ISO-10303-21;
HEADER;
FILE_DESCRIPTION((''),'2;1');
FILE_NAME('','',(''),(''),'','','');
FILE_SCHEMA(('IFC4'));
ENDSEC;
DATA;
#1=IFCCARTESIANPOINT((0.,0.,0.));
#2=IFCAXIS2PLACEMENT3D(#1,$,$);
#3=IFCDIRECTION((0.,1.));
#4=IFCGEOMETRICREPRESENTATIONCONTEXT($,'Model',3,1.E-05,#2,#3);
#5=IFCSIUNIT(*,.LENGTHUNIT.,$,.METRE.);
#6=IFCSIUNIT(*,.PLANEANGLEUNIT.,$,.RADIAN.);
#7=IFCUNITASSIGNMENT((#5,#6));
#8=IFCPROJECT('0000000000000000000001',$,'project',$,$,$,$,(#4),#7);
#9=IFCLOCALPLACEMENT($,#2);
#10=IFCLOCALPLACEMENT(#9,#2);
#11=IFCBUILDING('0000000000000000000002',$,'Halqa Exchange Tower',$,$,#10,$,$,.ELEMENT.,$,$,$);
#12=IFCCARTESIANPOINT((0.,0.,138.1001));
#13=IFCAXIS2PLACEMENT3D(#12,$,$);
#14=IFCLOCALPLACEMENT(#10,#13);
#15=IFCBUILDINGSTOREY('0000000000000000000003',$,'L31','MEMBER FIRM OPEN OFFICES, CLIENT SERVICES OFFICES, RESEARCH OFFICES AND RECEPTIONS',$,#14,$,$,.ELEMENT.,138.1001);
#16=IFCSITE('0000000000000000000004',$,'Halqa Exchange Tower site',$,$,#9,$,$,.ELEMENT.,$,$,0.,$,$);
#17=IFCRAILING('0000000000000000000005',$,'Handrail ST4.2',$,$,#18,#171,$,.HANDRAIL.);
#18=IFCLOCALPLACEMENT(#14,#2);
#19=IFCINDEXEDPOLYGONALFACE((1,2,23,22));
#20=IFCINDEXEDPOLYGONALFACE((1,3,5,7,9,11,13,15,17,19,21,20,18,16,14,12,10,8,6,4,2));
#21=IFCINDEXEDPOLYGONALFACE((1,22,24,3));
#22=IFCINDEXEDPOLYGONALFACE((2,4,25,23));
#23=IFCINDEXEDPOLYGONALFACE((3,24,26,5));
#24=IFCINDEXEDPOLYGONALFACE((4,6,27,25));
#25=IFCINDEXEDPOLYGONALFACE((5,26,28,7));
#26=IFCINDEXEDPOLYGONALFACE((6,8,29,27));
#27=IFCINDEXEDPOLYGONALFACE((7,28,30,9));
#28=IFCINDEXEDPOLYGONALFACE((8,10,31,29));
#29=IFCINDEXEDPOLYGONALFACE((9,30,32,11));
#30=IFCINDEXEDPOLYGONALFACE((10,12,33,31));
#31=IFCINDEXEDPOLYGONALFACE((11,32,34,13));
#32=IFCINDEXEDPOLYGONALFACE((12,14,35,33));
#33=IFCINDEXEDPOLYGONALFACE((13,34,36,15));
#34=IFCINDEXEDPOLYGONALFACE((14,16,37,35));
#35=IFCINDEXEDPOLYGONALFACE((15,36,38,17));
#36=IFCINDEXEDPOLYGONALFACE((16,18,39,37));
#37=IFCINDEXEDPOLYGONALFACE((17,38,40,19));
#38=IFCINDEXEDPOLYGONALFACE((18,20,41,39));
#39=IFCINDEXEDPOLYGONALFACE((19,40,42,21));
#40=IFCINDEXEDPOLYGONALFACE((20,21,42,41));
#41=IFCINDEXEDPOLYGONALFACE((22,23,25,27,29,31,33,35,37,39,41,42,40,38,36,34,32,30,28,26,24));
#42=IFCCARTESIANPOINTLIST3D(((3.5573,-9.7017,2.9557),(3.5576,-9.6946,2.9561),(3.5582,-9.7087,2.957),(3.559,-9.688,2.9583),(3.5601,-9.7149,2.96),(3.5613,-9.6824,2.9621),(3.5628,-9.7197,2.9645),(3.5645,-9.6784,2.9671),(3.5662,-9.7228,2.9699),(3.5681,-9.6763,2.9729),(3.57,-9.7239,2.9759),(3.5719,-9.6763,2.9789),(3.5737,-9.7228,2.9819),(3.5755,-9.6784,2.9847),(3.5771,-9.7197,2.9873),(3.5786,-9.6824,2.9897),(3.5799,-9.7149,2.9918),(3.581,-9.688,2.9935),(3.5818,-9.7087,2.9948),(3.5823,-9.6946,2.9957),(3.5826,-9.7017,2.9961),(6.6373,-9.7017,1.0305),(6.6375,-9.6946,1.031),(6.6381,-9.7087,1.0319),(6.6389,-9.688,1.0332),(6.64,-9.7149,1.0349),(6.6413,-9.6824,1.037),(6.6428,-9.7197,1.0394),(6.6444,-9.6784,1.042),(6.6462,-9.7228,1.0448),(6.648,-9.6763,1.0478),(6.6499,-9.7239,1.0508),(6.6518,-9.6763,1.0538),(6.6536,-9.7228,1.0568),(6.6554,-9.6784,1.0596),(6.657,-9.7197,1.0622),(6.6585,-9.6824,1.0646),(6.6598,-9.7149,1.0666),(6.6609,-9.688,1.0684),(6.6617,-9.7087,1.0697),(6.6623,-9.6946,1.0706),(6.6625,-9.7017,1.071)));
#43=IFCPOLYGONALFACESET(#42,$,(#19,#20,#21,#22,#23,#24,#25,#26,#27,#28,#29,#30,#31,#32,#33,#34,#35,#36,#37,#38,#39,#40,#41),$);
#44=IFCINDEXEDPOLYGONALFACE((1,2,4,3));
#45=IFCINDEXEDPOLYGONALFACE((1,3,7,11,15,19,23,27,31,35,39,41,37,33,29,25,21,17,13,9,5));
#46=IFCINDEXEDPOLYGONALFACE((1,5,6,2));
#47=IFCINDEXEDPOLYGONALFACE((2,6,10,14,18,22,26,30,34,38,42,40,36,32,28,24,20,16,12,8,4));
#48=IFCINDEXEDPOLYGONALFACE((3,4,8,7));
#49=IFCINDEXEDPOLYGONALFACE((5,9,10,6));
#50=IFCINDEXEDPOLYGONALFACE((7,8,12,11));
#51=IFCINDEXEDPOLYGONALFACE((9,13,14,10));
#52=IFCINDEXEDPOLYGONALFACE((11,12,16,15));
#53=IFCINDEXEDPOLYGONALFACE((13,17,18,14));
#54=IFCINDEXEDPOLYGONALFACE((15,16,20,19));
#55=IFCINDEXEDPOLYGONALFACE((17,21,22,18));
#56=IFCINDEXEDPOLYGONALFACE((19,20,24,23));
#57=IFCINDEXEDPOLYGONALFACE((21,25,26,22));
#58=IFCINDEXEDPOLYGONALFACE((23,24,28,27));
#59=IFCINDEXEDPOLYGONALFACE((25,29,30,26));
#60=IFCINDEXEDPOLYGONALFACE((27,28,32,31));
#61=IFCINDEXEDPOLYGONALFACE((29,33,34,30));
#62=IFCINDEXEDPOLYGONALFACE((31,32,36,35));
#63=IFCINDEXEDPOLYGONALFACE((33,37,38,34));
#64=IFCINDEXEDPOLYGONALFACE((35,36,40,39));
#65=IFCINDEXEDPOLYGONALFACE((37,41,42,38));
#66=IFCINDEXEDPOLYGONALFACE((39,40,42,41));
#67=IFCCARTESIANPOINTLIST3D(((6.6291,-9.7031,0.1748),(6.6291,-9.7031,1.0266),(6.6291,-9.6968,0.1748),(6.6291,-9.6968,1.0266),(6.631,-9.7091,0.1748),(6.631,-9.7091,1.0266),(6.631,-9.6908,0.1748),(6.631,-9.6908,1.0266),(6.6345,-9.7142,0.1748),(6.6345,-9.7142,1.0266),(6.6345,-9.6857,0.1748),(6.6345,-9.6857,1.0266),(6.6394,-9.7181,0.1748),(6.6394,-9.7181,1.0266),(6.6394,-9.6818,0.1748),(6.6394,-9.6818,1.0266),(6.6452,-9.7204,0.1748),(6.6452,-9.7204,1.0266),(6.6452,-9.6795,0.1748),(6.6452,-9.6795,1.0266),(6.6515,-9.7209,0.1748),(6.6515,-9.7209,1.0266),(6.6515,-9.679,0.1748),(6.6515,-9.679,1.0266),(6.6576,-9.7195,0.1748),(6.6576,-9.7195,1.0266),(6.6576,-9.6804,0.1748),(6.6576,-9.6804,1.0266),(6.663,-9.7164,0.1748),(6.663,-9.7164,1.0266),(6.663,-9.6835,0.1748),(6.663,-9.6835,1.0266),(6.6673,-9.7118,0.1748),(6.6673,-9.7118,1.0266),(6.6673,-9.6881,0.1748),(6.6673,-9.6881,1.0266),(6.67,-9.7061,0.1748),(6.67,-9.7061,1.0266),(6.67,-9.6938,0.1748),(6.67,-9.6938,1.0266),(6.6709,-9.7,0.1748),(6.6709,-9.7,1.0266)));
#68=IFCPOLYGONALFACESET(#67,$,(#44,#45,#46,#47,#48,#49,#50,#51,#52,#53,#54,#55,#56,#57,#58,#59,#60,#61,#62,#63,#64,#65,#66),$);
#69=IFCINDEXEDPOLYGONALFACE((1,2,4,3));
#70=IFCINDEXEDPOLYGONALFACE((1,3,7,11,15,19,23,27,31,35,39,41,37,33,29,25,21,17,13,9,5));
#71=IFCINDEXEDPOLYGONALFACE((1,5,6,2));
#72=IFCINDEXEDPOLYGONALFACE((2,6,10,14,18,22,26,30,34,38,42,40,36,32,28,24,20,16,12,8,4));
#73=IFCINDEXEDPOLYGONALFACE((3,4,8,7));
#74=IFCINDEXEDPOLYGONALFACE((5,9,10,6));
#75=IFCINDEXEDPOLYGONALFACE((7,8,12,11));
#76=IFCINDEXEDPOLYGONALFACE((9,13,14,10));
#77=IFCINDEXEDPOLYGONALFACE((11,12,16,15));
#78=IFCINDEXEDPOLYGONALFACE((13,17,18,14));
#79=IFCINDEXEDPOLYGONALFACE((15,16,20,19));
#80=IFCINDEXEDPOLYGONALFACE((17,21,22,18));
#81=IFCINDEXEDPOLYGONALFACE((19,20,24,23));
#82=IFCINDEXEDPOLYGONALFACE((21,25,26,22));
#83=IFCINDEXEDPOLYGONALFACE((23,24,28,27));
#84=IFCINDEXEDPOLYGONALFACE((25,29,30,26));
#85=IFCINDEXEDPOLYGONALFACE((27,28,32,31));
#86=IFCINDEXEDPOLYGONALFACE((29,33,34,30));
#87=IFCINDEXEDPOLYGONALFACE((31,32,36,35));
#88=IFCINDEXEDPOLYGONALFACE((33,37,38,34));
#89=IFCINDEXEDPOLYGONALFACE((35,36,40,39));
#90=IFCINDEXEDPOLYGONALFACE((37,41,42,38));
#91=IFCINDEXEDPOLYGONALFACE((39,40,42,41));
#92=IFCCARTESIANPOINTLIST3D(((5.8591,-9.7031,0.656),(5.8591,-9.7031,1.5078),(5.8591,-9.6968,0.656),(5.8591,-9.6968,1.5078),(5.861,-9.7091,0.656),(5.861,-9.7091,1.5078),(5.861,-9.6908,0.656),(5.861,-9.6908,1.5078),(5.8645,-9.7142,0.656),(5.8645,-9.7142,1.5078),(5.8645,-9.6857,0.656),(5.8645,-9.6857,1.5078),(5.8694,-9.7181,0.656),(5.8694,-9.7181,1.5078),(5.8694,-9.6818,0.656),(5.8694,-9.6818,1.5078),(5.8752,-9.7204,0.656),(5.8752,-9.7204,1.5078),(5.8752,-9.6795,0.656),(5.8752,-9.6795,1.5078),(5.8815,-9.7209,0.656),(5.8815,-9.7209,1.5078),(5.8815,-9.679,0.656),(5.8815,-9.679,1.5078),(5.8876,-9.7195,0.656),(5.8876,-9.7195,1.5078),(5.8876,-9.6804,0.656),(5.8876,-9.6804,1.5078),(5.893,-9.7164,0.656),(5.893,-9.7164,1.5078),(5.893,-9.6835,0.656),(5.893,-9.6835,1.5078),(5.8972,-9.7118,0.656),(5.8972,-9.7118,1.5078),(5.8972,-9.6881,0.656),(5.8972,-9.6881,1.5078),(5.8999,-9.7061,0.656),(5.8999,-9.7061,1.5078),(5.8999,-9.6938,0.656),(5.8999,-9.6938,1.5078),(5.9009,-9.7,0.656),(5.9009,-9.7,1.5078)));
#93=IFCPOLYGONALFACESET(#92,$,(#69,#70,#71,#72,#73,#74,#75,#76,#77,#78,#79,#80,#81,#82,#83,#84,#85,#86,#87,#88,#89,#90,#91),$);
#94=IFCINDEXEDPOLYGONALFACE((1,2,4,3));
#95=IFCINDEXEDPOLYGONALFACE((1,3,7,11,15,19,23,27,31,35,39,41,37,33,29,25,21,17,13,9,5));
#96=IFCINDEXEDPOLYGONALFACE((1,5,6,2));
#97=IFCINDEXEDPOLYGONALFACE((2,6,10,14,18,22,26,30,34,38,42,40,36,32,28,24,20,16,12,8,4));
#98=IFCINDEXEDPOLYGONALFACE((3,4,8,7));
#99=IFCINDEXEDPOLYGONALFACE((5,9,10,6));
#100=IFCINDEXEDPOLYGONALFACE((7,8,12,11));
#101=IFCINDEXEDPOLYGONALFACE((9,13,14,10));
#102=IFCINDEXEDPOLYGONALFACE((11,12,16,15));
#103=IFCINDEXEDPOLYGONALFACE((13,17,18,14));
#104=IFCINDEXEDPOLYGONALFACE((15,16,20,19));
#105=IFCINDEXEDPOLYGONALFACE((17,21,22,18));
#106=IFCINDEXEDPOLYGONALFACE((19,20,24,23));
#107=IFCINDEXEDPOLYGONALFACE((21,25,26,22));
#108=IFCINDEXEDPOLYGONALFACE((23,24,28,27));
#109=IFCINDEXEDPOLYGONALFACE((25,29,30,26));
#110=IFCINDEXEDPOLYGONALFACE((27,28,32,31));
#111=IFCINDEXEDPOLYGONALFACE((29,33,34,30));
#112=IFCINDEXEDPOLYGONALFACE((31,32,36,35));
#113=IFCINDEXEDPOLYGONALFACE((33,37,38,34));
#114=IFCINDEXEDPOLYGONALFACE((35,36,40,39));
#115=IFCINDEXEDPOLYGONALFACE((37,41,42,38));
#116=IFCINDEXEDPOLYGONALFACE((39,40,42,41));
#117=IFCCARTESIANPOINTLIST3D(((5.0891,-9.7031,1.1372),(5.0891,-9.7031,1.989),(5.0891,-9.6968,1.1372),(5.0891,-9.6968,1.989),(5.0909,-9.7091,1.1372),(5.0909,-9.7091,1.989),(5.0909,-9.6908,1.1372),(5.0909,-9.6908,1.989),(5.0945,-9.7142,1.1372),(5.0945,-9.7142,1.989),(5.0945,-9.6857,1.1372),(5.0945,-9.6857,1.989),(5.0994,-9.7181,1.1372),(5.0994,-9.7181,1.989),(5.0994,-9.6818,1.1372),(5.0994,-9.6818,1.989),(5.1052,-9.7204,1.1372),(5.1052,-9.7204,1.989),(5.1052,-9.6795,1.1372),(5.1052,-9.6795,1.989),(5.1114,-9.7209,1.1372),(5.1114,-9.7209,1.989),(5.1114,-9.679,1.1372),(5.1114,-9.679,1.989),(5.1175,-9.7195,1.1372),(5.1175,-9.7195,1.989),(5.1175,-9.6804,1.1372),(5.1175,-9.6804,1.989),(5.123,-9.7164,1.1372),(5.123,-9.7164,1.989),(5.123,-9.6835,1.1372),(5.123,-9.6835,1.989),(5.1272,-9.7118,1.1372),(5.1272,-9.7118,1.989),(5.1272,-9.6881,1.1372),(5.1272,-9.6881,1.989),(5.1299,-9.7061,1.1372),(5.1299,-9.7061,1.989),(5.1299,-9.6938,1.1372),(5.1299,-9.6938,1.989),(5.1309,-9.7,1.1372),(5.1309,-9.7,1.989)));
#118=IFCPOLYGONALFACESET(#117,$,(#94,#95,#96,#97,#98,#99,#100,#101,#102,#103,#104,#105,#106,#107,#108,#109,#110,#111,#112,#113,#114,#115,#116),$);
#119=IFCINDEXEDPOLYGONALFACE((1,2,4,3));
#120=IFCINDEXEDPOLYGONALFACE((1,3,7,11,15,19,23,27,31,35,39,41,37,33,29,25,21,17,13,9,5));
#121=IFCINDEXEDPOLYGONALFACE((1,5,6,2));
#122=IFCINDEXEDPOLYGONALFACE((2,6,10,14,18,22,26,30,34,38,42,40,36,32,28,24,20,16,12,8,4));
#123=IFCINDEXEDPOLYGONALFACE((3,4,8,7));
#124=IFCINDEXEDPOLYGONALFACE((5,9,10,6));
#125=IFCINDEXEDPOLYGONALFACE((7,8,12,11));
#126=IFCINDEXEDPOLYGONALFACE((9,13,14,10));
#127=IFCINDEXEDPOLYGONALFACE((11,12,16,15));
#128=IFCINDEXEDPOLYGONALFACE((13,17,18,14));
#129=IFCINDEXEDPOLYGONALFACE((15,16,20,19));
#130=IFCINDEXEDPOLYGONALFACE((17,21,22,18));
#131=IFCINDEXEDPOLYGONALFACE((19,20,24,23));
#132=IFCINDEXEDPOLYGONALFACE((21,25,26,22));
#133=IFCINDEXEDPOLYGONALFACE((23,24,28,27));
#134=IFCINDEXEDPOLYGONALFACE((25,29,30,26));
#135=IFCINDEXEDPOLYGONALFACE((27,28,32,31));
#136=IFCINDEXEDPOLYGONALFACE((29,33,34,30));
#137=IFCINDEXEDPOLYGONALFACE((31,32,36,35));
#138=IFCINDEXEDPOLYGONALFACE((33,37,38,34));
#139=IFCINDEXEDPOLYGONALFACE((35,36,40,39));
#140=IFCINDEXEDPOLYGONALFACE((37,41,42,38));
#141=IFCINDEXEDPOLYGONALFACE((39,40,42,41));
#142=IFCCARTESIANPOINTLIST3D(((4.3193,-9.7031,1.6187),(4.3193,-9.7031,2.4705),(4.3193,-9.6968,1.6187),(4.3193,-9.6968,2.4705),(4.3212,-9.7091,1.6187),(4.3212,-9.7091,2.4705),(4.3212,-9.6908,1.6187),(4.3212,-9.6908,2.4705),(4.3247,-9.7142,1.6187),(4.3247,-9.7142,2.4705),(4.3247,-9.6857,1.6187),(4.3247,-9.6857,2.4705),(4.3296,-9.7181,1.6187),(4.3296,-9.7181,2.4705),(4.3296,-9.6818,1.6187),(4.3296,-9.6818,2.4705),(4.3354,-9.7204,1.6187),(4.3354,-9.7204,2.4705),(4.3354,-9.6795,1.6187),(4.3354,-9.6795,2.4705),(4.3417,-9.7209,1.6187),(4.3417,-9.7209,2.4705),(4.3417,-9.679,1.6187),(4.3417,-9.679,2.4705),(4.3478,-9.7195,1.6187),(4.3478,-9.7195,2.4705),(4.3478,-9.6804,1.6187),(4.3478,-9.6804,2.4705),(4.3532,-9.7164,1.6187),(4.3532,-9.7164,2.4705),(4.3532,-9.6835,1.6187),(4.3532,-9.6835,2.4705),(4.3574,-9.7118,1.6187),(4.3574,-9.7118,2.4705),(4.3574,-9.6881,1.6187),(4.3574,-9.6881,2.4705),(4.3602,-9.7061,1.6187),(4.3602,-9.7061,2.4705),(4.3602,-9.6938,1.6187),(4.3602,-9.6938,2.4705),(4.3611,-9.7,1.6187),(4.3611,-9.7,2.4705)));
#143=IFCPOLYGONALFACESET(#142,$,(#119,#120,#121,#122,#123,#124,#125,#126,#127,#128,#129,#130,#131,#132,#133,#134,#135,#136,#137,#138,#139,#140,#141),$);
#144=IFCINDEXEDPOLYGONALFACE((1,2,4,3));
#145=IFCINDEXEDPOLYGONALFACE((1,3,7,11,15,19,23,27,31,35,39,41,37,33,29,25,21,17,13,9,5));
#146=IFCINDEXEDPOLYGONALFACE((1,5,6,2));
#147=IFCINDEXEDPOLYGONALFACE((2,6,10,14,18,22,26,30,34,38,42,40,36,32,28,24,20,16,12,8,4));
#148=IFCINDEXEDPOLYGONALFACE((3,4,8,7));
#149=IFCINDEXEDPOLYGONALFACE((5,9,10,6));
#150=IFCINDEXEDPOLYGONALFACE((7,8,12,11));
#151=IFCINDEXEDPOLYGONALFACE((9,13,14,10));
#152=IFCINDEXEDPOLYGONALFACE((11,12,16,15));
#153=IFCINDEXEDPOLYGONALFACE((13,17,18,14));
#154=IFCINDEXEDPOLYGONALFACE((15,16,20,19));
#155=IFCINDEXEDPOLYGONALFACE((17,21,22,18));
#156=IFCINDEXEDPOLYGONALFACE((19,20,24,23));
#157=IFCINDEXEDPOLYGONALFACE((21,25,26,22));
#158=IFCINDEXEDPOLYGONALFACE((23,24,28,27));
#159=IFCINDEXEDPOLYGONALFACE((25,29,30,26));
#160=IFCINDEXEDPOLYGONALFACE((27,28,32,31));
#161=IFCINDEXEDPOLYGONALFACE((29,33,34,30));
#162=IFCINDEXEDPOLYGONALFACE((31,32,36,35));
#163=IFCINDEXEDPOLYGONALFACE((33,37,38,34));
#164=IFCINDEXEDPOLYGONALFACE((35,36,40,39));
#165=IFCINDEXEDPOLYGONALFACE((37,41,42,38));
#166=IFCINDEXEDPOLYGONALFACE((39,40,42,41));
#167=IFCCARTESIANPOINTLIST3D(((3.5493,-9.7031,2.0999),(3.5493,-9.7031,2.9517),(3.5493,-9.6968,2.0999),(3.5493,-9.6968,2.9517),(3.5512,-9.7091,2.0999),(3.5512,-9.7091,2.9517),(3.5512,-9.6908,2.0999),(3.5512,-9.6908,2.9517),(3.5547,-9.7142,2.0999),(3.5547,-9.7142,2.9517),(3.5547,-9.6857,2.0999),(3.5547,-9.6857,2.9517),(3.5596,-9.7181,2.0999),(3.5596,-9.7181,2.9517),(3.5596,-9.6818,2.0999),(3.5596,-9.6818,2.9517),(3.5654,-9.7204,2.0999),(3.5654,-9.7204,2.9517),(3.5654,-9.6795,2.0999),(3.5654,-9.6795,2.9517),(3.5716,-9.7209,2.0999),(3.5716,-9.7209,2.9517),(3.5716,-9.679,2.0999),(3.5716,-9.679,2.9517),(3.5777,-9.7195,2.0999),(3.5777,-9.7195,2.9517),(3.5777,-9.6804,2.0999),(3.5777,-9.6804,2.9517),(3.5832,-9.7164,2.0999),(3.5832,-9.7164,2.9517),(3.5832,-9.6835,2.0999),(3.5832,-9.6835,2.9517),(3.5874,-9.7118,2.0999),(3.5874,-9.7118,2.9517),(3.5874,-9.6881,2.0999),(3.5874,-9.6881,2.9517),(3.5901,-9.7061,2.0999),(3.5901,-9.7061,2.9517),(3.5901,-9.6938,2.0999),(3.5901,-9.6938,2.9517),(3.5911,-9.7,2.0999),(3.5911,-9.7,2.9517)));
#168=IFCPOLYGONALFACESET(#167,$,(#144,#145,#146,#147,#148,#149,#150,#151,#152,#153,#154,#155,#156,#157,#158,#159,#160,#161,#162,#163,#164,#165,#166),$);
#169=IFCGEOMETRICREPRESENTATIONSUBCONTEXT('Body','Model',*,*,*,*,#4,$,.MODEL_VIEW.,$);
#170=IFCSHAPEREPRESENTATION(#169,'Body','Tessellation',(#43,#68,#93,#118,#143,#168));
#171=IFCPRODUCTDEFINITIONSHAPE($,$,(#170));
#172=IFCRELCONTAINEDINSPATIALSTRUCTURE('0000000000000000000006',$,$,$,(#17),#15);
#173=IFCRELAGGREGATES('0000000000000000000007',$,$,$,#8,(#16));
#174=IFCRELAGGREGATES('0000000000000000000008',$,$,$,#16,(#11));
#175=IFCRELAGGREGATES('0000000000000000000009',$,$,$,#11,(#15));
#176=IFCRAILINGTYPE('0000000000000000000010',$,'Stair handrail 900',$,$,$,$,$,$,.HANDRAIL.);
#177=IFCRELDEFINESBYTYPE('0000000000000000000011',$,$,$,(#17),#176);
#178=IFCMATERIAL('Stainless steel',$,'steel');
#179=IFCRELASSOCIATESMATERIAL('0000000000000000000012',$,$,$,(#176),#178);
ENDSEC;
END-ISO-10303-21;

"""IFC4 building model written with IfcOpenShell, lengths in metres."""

from ifc_helpers import new_model, si_unit, direction, frame, origin, origin_2d, place, context, subcontext, project, spatial, circle, extrude, material, type_object, element, save


model = new_model("IFC4")

# Units and contexts
model_context = context("Model", 3, precision=1e-05, world=origin(), true_north=direction((0.0, 1.0)))
body_context = subcontext(model_context, "Body", "Model", "MODEL_VIEW")
ifc_project = project(units=[si_unit("LENGTHUNIT", "METRE"), si_unit("PLANEANGLEUNIT", "RADIAN")], contexts=[model_context])

# Site, building, storey
site_placement = place(None, origin())
site = spatial("IfcSite", under=ifc_project, at=site_placement, Name="Halqa Exchange Tower site", CompositionType="ELEMENT", RefElevation=0.0)
building_placement = place(site_placement, origin())
building = spatial("IfcBuilding", under=site, at=building_placement, Name="Halqa Exchange Tower", CompositionType="ELEMENT")
storey_placement = place(building_placement, frame((0.0, 0.0, 138.1001)))
storey = spatial("IfcBuildingStorey", under=building, at=storey_placement, Name="L31", Description="MEMBER FIRM OPEN OFFICES, CLIENT SERVICES OFFICES, RESEARCH OFFICES AND RECEPTIONS", CompositionType="ELEMENT", Elevation=138.1001)

# Railing
ifc_material_1 = material(Name="Stainless steel", Category="steel")
railing_type_1 = type_object("IfcRailingType", Name="Stair handrail 900", PredefinedType="HANDRAIL", material=ifc_material_1)
railing_1_placement = place(storey_placement, frame((6.6499, -9.7, 0.1748)))
element("IfcRailing", 1, at=railing_1_placement, inside=storey, type_object=railing_type_1, Name="Handrail ST4.2", PredefinedType="HANDRAIL", context=body_context, shape_type="SweptSolid", body=[
    extrude(circle(Radius=0.0239, at=origin_2d()), frame((0.0, 0.0, 0.876), z_axis=(-0.847979, 0.0, 0.530029), x_axis=(0.0, -1.0, 0.0)), (0.0, 0.0, 1.0), 3.6321),
    extrude(circle(Radius=0.021, at=origin_2d()), origin(), (0.0, 0.0, 1.0), 0.8518),
    extrude(circle(Radius=0.021, at=origin_2d()), frame((-0.77, 0.0, 0.4812)), (0.0, 0.0, 1.0), 0.8518),
    extrude(circle(Radius=0.021, at=origin_2d()), frame((-1.54, 0.0, 0.9624)), (0.0, 0.0, 1.0), 0.8518),
    extrude(circle(Radius=0.021, at=origin_2d()), frame((-2.3098, 0.0, 1.4438)), (0.0, 0.0, 1.0), 0.8518),
    extrude(circle(Radius=0.021, at=origin_2d()), frame((-3.0798, 0.0, 1.925)), (0.0, 0.0, 1.0), 0.8518),
])

save(model, "model.ifc")
